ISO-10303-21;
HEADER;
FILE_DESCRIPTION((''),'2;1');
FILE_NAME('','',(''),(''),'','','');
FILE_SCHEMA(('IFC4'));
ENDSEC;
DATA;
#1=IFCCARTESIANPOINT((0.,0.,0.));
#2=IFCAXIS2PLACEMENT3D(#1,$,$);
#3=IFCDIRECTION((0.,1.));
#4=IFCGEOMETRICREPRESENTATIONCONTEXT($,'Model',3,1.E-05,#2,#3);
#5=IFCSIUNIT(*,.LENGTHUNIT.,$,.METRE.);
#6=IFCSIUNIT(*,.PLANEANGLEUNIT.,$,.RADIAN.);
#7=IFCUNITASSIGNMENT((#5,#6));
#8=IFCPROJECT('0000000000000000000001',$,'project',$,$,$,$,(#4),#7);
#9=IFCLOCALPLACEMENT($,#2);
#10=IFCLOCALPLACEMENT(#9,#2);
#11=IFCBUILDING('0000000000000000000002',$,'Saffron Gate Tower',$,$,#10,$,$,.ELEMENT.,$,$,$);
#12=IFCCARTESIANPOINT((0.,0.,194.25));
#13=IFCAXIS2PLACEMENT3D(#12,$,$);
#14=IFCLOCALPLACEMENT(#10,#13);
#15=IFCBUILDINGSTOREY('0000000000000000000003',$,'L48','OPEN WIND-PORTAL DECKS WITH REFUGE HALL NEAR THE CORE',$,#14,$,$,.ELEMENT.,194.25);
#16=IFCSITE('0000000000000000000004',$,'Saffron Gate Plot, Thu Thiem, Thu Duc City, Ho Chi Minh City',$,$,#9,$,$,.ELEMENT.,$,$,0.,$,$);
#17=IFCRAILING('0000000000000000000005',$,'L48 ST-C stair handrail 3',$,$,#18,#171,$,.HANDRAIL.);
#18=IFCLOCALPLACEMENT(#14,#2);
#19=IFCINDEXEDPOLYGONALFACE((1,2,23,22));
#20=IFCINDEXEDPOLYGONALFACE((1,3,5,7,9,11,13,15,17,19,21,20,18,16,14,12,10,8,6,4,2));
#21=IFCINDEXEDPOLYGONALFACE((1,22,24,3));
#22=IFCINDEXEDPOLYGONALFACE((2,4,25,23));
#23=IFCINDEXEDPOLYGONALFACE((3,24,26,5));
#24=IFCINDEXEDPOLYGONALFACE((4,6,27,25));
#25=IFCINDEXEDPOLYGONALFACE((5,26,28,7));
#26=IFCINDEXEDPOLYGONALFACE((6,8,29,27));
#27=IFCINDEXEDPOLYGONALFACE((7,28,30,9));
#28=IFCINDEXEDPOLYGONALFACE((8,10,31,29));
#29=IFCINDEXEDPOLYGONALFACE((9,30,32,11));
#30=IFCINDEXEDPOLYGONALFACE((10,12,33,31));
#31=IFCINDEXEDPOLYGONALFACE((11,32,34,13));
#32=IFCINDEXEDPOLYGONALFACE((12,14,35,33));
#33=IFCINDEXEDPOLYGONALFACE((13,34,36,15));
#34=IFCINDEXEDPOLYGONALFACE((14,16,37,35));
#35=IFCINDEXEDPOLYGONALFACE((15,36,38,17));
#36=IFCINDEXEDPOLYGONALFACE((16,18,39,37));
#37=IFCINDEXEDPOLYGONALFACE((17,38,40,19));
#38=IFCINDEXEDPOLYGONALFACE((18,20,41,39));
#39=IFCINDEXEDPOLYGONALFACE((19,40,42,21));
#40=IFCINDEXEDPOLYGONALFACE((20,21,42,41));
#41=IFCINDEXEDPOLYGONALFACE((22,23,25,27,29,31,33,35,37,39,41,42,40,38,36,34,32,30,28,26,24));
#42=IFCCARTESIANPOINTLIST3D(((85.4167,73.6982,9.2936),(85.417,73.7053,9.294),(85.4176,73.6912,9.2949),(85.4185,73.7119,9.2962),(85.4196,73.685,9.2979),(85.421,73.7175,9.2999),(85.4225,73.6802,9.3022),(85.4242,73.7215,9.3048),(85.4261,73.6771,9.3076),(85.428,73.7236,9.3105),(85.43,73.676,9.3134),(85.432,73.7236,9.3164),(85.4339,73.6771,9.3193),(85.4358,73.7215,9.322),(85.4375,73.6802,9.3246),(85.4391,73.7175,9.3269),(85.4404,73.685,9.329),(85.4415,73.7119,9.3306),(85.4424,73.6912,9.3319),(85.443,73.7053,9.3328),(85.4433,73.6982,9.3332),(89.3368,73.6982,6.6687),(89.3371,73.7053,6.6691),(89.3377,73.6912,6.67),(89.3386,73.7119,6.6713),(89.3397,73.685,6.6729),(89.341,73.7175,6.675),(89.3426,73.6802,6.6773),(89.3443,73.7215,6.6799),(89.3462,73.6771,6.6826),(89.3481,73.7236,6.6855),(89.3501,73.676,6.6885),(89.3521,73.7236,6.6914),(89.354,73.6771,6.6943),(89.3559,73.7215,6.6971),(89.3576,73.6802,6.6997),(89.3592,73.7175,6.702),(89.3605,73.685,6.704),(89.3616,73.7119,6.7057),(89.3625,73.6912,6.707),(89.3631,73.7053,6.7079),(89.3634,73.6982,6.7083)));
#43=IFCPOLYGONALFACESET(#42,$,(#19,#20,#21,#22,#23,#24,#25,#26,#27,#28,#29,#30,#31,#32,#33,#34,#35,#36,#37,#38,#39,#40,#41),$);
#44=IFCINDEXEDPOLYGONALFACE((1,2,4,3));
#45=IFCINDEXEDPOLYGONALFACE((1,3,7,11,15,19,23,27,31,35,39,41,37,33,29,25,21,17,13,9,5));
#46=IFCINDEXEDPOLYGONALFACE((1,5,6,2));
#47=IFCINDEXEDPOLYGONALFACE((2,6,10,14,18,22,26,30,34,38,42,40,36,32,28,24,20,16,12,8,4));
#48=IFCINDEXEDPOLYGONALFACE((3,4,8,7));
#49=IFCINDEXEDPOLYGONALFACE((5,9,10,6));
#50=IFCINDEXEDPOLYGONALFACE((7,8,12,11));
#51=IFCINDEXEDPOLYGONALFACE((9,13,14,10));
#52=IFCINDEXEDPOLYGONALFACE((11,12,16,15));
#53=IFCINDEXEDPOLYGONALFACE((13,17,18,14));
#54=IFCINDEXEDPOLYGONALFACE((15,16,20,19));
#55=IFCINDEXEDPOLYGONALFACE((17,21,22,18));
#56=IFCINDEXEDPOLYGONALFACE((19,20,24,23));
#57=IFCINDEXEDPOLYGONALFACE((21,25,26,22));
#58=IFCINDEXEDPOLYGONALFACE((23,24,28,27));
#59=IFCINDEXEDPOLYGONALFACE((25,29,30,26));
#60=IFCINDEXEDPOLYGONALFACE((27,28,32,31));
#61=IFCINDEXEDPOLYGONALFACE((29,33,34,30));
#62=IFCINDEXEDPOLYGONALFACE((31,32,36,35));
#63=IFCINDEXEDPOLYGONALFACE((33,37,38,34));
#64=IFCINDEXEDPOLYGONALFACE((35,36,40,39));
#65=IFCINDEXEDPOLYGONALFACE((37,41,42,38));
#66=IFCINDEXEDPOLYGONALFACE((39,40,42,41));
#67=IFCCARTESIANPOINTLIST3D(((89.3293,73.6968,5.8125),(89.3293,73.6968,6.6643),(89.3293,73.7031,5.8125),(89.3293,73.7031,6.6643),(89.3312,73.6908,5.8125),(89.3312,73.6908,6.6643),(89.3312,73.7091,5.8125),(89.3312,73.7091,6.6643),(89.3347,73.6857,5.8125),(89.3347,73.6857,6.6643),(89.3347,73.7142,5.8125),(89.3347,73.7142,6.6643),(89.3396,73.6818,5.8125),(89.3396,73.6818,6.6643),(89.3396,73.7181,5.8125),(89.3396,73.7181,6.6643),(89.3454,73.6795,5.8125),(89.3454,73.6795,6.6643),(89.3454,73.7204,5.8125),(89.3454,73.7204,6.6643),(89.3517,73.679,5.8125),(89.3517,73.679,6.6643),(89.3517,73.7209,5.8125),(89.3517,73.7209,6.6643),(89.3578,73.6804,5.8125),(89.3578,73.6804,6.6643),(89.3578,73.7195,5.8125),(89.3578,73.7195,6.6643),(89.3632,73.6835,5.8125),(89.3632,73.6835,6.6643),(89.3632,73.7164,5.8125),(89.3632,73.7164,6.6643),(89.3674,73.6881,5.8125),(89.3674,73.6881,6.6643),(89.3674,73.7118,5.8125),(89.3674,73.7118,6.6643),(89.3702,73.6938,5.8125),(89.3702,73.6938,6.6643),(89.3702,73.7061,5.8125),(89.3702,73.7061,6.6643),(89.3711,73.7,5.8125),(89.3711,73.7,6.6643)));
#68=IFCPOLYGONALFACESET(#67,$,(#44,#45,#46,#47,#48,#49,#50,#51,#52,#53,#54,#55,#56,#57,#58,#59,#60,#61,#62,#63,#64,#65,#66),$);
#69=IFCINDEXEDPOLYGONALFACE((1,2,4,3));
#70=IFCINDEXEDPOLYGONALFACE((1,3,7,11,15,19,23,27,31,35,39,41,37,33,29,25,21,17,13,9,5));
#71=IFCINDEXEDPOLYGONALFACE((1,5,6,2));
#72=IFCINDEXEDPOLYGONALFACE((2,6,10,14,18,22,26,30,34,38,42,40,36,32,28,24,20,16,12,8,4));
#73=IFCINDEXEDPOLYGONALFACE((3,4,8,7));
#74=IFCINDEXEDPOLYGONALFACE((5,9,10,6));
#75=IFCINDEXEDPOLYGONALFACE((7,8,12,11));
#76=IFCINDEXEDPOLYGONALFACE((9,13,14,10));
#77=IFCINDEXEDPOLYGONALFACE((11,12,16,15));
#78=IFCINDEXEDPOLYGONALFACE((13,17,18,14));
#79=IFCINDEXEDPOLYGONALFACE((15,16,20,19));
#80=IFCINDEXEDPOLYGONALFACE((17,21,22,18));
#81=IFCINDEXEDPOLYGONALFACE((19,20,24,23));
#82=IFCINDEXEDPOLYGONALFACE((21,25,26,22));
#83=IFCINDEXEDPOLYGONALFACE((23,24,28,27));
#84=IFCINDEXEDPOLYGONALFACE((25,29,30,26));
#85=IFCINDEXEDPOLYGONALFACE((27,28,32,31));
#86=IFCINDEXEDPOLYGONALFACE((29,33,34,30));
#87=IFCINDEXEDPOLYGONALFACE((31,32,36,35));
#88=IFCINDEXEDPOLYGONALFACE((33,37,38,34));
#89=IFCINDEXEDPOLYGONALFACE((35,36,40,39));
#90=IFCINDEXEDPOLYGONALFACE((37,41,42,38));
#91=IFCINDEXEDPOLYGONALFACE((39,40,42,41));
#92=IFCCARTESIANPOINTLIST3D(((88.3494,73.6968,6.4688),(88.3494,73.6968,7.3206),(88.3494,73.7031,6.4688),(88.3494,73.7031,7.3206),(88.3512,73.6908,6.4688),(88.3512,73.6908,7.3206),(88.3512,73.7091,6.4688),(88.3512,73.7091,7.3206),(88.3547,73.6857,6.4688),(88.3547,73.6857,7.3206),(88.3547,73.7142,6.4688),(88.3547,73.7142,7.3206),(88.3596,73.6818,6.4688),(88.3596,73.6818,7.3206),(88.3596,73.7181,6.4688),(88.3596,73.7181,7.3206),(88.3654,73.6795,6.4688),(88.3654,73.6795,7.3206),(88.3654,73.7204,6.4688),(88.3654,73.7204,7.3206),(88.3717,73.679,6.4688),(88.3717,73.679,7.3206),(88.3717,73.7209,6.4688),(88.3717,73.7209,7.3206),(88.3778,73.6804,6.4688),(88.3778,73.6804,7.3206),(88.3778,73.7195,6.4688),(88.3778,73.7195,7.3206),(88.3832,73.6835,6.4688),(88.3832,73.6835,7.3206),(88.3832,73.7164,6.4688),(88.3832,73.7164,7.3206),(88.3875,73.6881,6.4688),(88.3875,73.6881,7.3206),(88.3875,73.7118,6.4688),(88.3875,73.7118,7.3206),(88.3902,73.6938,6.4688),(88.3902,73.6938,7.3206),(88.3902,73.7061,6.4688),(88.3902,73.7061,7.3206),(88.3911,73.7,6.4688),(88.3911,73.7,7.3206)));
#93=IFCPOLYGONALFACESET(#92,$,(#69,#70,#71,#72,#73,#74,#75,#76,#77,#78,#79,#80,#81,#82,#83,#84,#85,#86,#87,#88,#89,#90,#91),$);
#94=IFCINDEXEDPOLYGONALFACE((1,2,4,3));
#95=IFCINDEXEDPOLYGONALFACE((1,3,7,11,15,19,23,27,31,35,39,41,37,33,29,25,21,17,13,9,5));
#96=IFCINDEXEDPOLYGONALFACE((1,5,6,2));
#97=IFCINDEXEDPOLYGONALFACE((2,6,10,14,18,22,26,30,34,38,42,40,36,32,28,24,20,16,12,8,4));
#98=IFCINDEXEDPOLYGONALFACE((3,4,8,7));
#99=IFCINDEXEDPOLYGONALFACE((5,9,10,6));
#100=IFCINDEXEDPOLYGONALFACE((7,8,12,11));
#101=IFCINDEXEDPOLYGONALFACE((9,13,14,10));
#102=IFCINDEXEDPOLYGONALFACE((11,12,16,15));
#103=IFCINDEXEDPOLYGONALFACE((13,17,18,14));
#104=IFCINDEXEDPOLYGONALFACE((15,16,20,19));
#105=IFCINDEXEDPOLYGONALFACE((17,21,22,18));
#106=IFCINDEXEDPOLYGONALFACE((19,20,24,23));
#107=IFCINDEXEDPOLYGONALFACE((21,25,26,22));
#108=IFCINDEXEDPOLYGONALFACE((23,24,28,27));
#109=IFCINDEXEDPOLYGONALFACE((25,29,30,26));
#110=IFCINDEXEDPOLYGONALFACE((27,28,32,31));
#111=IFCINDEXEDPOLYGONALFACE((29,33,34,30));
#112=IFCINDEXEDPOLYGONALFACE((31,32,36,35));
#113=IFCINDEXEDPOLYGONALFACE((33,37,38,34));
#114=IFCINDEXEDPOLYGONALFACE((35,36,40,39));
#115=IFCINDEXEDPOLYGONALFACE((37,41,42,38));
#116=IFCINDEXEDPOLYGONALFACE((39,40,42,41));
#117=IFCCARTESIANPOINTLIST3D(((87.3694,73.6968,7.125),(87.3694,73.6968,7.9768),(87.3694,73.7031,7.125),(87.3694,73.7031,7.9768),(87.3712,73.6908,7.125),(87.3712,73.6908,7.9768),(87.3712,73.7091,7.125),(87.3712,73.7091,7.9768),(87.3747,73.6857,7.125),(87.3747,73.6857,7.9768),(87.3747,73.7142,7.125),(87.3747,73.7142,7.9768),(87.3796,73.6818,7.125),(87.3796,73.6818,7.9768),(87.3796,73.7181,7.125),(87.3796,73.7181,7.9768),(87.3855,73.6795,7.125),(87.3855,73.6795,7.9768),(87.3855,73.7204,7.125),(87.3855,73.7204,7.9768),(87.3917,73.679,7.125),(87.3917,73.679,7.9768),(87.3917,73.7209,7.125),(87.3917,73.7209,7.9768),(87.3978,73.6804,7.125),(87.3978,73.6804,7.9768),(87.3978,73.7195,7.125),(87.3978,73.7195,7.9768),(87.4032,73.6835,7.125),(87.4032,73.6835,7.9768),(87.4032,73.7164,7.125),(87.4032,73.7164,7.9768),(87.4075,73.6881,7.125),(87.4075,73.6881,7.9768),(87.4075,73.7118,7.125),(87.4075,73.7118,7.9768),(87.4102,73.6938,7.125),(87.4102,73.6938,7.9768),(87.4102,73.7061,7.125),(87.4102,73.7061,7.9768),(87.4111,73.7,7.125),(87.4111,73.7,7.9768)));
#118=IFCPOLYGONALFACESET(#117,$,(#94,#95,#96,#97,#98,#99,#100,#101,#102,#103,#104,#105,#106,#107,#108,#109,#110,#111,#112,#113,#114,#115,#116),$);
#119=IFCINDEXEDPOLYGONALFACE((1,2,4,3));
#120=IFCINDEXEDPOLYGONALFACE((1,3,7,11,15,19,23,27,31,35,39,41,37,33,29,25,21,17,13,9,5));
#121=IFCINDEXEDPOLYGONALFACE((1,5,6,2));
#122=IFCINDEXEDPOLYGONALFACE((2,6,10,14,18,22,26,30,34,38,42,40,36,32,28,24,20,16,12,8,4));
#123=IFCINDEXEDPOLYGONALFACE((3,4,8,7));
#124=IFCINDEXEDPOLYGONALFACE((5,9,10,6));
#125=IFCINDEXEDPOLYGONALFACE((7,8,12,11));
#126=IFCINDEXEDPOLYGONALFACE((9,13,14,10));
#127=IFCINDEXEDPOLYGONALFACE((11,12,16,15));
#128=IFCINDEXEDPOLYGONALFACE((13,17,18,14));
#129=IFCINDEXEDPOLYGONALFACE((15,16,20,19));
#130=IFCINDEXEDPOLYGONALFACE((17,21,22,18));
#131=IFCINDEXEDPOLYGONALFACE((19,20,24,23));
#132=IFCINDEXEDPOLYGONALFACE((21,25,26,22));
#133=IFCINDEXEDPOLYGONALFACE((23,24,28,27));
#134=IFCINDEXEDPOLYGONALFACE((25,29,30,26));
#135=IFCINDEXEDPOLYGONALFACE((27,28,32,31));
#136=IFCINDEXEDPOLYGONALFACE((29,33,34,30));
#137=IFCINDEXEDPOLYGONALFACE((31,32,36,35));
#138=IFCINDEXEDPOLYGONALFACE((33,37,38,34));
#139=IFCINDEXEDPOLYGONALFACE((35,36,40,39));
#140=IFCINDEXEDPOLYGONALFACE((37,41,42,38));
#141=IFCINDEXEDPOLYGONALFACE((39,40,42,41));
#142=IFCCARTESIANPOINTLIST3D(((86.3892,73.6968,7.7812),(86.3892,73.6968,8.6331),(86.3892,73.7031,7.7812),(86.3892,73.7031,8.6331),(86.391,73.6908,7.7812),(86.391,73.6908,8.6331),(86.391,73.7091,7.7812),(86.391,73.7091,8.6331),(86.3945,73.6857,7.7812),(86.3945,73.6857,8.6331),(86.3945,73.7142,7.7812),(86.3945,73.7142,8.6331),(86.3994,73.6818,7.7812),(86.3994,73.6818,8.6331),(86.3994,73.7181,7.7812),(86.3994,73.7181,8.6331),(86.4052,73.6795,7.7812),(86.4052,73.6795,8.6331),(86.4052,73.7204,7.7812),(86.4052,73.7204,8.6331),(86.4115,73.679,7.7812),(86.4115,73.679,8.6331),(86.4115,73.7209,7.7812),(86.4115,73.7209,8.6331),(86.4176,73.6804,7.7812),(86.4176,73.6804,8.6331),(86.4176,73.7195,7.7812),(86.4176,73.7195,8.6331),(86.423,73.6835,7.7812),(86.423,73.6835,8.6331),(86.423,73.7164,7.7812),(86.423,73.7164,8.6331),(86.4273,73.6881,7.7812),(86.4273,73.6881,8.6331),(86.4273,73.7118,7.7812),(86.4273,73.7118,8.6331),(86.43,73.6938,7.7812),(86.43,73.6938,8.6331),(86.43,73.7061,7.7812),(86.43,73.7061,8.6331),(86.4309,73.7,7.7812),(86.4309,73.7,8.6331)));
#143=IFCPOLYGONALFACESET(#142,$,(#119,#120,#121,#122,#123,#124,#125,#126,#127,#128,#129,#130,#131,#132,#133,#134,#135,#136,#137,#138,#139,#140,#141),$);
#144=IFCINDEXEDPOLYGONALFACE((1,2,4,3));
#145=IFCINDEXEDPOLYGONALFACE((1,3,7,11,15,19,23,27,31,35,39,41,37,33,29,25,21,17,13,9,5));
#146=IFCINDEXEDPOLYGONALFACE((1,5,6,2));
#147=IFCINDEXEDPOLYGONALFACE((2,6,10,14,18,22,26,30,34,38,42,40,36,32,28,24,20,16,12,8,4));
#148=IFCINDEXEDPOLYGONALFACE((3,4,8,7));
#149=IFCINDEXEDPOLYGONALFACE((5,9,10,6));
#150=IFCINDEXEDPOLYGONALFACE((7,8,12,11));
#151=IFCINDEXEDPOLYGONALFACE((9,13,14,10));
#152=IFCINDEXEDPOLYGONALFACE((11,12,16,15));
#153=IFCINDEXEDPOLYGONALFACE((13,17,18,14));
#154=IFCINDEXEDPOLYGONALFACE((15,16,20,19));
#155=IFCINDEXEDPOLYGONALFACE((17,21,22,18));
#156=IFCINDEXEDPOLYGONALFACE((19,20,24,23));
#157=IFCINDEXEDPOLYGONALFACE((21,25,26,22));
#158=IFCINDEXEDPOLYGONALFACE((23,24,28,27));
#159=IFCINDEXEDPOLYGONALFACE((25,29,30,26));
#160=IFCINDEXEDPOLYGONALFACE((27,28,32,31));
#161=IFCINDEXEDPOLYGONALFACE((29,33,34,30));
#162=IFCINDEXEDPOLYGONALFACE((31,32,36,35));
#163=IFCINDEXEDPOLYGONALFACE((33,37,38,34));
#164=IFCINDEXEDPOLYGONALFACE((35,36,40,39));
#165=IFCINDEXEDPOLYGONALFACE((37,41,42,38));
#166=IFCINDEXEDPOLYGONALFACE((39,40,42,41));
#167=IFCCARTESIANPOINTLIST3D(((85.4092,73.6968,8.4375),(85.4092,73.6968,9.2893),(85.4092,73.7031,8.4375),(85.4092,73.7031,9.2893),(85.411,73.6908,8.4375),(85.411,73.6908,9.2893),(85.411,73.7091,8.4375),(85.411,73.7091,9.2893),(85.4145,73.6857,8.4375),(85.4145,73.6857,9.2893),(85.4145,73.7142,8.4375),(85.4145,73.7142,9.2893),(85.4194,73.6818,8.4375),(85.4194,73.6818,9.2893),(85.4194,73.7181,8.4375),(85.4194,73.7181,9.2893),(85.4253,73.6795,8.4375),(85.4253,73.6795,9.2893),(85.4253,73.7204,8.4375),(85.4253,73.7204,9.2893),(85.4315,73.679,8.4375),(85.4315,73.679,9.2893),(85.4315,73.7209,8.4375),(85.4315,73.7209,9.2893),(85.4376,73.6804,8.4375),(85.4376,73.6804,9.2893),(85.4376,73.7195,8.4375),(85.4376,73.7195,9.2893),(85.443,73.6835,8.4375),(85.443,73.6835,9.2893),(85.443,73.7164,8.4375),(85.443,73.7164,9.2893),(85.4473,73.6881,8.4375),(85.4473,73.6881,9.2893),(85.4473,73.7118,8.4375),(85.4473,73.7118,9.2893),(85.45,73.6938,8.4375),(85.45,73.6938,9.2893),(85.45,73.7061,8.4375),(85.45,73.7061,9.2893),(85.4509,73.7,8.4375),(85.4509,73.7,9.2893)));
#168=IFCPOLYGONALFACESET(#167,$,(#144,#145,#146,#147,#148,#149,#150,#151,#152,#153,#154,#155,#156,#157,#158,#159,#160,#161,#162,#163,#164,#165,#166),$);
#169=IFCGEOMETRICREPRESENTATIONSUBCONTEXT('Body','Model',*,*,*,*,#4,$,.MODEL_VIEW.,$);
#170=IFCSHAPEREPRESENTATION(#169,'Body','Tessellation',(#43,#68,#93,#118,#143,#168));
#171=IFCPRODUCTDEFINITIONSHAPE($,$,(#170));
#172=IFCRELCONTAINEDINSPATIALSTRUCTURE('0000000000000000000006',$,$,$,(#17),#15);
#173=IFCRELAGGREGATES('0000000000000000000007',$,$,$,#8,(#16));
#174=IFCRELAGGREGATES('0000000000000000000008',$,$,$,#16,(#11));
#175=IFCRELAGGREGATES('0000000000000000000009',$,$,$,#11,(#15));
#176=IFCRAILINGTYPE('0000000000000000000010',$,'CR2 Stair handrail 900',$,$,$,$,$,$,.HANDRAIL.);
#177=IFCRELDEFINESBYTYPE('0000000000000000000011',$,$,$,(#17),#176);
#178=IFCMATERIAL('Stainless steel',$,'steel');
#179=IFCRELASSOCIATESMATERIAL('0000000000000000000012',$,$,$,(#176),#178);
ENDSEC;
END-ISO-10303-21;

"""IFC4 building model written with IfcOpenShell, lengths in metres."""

from ifc_helpers import new_model, si_unit, direction, frame, origin, origin_2d, place, context, subcontext, project, spatial, circle, extrude, material, type_object, element, save


model = new_model("IFC4")

# Units and contexts
model_context = context("Model", 3, precision=1e-05, world=origin(), true_north=direction((0.0, 1.0)))
body_context = subcontext(model_context, "Body", "Model", "MODEL_VIEW")
ifc_project = project(units=[si_unit("LENGTHUNIT", "METRE"), si_unit("PLANEANGLEUNIT", "RADIAN")], contexts=[model_context])

# Site, building, storey
site_placement = place(None, origin())
site = spatial("IfcSite", under=ifc_project, at=site_placement, Name="Saffron Gate Plot, Thu Thiem, Thu Duc City, Ho Chi Minh City", CompositionType="ELEMENT", RefElevation=0.0)
building_placement = place(site_placement, origin())
building = spatial("IfcBuilding", under=site, at=building_placement, Name="Saffron Gate Tower", CompositionType="ELEMENT")
storey_placement = place(building_placement, frame((0.0, 0.0, 194.25)))
storey = spatial("IfcBuildingStorey", under=building, at=storey_placement, Name="L48", Description="OPEN WIND-PORTAL DECKS WITH REFUGE HALL NEAR THE CORE", CompositionType="ELEMENT", Elevation=194.25)

# Railing
ifc_material_1 = material(Name="Stainless steel", Category="steel")
railing_type_1 = type_object("IfcRailingType", Name="CR2 Stair handrail 900", PredefinedType="HANDRAIL", material=ifc_material_1)
railing_1_placement = place(storey_placement, frame((89.3501, 73.7, 5.8125)))
element("IfcRailing", 1, at=railing_1_placement, inside=storey, type_object=railing_type_1, Name="L48 ST-C stair handrail 3", PredefinedType="HANDRAIL", context=body_context, shape_type="SweptSolid", body=[
    extrude(circle(Radius=0.0239, at=origin_2d()), frame((0.0, 0.0, 0.876), z_axis=(-0.830918, 0.0, 0.556395), x_axis=(0.0, -1.0, 0.0)), (0.0, 0.0, 1.0), 4.7178),
    extrude(circle(Radius=0.021, at=origin_2d()), origin(), (0.0, 0.0, 1.0), 0.8518),
    extrude(circle(Radius=0.021, at=origin_2d()), frame((-0.98, 0.0, 0.6562)), (0.0, 0.0, 1.0), 0.8518),
    extrude(circle(Radius=0.021, at=origin_2d()), frame((-1.96, 0.0, 1.3125)), (0.0, 0.0, 1.0), 0.8518),
    extrude(circle(Radius=0.021, at=origin_2d()), frame((-2.9402, 0.0, 1.9688)), (0.0, 0.0, 1.0), 0.8518),
    extrude(circle(Radius=0.021, at=origin_2d()), frame((-3.9202, 0.0, 2.625)), (0.0, 0.0, 1.0), 0.8518),
])

save(model, "model.ifc")
